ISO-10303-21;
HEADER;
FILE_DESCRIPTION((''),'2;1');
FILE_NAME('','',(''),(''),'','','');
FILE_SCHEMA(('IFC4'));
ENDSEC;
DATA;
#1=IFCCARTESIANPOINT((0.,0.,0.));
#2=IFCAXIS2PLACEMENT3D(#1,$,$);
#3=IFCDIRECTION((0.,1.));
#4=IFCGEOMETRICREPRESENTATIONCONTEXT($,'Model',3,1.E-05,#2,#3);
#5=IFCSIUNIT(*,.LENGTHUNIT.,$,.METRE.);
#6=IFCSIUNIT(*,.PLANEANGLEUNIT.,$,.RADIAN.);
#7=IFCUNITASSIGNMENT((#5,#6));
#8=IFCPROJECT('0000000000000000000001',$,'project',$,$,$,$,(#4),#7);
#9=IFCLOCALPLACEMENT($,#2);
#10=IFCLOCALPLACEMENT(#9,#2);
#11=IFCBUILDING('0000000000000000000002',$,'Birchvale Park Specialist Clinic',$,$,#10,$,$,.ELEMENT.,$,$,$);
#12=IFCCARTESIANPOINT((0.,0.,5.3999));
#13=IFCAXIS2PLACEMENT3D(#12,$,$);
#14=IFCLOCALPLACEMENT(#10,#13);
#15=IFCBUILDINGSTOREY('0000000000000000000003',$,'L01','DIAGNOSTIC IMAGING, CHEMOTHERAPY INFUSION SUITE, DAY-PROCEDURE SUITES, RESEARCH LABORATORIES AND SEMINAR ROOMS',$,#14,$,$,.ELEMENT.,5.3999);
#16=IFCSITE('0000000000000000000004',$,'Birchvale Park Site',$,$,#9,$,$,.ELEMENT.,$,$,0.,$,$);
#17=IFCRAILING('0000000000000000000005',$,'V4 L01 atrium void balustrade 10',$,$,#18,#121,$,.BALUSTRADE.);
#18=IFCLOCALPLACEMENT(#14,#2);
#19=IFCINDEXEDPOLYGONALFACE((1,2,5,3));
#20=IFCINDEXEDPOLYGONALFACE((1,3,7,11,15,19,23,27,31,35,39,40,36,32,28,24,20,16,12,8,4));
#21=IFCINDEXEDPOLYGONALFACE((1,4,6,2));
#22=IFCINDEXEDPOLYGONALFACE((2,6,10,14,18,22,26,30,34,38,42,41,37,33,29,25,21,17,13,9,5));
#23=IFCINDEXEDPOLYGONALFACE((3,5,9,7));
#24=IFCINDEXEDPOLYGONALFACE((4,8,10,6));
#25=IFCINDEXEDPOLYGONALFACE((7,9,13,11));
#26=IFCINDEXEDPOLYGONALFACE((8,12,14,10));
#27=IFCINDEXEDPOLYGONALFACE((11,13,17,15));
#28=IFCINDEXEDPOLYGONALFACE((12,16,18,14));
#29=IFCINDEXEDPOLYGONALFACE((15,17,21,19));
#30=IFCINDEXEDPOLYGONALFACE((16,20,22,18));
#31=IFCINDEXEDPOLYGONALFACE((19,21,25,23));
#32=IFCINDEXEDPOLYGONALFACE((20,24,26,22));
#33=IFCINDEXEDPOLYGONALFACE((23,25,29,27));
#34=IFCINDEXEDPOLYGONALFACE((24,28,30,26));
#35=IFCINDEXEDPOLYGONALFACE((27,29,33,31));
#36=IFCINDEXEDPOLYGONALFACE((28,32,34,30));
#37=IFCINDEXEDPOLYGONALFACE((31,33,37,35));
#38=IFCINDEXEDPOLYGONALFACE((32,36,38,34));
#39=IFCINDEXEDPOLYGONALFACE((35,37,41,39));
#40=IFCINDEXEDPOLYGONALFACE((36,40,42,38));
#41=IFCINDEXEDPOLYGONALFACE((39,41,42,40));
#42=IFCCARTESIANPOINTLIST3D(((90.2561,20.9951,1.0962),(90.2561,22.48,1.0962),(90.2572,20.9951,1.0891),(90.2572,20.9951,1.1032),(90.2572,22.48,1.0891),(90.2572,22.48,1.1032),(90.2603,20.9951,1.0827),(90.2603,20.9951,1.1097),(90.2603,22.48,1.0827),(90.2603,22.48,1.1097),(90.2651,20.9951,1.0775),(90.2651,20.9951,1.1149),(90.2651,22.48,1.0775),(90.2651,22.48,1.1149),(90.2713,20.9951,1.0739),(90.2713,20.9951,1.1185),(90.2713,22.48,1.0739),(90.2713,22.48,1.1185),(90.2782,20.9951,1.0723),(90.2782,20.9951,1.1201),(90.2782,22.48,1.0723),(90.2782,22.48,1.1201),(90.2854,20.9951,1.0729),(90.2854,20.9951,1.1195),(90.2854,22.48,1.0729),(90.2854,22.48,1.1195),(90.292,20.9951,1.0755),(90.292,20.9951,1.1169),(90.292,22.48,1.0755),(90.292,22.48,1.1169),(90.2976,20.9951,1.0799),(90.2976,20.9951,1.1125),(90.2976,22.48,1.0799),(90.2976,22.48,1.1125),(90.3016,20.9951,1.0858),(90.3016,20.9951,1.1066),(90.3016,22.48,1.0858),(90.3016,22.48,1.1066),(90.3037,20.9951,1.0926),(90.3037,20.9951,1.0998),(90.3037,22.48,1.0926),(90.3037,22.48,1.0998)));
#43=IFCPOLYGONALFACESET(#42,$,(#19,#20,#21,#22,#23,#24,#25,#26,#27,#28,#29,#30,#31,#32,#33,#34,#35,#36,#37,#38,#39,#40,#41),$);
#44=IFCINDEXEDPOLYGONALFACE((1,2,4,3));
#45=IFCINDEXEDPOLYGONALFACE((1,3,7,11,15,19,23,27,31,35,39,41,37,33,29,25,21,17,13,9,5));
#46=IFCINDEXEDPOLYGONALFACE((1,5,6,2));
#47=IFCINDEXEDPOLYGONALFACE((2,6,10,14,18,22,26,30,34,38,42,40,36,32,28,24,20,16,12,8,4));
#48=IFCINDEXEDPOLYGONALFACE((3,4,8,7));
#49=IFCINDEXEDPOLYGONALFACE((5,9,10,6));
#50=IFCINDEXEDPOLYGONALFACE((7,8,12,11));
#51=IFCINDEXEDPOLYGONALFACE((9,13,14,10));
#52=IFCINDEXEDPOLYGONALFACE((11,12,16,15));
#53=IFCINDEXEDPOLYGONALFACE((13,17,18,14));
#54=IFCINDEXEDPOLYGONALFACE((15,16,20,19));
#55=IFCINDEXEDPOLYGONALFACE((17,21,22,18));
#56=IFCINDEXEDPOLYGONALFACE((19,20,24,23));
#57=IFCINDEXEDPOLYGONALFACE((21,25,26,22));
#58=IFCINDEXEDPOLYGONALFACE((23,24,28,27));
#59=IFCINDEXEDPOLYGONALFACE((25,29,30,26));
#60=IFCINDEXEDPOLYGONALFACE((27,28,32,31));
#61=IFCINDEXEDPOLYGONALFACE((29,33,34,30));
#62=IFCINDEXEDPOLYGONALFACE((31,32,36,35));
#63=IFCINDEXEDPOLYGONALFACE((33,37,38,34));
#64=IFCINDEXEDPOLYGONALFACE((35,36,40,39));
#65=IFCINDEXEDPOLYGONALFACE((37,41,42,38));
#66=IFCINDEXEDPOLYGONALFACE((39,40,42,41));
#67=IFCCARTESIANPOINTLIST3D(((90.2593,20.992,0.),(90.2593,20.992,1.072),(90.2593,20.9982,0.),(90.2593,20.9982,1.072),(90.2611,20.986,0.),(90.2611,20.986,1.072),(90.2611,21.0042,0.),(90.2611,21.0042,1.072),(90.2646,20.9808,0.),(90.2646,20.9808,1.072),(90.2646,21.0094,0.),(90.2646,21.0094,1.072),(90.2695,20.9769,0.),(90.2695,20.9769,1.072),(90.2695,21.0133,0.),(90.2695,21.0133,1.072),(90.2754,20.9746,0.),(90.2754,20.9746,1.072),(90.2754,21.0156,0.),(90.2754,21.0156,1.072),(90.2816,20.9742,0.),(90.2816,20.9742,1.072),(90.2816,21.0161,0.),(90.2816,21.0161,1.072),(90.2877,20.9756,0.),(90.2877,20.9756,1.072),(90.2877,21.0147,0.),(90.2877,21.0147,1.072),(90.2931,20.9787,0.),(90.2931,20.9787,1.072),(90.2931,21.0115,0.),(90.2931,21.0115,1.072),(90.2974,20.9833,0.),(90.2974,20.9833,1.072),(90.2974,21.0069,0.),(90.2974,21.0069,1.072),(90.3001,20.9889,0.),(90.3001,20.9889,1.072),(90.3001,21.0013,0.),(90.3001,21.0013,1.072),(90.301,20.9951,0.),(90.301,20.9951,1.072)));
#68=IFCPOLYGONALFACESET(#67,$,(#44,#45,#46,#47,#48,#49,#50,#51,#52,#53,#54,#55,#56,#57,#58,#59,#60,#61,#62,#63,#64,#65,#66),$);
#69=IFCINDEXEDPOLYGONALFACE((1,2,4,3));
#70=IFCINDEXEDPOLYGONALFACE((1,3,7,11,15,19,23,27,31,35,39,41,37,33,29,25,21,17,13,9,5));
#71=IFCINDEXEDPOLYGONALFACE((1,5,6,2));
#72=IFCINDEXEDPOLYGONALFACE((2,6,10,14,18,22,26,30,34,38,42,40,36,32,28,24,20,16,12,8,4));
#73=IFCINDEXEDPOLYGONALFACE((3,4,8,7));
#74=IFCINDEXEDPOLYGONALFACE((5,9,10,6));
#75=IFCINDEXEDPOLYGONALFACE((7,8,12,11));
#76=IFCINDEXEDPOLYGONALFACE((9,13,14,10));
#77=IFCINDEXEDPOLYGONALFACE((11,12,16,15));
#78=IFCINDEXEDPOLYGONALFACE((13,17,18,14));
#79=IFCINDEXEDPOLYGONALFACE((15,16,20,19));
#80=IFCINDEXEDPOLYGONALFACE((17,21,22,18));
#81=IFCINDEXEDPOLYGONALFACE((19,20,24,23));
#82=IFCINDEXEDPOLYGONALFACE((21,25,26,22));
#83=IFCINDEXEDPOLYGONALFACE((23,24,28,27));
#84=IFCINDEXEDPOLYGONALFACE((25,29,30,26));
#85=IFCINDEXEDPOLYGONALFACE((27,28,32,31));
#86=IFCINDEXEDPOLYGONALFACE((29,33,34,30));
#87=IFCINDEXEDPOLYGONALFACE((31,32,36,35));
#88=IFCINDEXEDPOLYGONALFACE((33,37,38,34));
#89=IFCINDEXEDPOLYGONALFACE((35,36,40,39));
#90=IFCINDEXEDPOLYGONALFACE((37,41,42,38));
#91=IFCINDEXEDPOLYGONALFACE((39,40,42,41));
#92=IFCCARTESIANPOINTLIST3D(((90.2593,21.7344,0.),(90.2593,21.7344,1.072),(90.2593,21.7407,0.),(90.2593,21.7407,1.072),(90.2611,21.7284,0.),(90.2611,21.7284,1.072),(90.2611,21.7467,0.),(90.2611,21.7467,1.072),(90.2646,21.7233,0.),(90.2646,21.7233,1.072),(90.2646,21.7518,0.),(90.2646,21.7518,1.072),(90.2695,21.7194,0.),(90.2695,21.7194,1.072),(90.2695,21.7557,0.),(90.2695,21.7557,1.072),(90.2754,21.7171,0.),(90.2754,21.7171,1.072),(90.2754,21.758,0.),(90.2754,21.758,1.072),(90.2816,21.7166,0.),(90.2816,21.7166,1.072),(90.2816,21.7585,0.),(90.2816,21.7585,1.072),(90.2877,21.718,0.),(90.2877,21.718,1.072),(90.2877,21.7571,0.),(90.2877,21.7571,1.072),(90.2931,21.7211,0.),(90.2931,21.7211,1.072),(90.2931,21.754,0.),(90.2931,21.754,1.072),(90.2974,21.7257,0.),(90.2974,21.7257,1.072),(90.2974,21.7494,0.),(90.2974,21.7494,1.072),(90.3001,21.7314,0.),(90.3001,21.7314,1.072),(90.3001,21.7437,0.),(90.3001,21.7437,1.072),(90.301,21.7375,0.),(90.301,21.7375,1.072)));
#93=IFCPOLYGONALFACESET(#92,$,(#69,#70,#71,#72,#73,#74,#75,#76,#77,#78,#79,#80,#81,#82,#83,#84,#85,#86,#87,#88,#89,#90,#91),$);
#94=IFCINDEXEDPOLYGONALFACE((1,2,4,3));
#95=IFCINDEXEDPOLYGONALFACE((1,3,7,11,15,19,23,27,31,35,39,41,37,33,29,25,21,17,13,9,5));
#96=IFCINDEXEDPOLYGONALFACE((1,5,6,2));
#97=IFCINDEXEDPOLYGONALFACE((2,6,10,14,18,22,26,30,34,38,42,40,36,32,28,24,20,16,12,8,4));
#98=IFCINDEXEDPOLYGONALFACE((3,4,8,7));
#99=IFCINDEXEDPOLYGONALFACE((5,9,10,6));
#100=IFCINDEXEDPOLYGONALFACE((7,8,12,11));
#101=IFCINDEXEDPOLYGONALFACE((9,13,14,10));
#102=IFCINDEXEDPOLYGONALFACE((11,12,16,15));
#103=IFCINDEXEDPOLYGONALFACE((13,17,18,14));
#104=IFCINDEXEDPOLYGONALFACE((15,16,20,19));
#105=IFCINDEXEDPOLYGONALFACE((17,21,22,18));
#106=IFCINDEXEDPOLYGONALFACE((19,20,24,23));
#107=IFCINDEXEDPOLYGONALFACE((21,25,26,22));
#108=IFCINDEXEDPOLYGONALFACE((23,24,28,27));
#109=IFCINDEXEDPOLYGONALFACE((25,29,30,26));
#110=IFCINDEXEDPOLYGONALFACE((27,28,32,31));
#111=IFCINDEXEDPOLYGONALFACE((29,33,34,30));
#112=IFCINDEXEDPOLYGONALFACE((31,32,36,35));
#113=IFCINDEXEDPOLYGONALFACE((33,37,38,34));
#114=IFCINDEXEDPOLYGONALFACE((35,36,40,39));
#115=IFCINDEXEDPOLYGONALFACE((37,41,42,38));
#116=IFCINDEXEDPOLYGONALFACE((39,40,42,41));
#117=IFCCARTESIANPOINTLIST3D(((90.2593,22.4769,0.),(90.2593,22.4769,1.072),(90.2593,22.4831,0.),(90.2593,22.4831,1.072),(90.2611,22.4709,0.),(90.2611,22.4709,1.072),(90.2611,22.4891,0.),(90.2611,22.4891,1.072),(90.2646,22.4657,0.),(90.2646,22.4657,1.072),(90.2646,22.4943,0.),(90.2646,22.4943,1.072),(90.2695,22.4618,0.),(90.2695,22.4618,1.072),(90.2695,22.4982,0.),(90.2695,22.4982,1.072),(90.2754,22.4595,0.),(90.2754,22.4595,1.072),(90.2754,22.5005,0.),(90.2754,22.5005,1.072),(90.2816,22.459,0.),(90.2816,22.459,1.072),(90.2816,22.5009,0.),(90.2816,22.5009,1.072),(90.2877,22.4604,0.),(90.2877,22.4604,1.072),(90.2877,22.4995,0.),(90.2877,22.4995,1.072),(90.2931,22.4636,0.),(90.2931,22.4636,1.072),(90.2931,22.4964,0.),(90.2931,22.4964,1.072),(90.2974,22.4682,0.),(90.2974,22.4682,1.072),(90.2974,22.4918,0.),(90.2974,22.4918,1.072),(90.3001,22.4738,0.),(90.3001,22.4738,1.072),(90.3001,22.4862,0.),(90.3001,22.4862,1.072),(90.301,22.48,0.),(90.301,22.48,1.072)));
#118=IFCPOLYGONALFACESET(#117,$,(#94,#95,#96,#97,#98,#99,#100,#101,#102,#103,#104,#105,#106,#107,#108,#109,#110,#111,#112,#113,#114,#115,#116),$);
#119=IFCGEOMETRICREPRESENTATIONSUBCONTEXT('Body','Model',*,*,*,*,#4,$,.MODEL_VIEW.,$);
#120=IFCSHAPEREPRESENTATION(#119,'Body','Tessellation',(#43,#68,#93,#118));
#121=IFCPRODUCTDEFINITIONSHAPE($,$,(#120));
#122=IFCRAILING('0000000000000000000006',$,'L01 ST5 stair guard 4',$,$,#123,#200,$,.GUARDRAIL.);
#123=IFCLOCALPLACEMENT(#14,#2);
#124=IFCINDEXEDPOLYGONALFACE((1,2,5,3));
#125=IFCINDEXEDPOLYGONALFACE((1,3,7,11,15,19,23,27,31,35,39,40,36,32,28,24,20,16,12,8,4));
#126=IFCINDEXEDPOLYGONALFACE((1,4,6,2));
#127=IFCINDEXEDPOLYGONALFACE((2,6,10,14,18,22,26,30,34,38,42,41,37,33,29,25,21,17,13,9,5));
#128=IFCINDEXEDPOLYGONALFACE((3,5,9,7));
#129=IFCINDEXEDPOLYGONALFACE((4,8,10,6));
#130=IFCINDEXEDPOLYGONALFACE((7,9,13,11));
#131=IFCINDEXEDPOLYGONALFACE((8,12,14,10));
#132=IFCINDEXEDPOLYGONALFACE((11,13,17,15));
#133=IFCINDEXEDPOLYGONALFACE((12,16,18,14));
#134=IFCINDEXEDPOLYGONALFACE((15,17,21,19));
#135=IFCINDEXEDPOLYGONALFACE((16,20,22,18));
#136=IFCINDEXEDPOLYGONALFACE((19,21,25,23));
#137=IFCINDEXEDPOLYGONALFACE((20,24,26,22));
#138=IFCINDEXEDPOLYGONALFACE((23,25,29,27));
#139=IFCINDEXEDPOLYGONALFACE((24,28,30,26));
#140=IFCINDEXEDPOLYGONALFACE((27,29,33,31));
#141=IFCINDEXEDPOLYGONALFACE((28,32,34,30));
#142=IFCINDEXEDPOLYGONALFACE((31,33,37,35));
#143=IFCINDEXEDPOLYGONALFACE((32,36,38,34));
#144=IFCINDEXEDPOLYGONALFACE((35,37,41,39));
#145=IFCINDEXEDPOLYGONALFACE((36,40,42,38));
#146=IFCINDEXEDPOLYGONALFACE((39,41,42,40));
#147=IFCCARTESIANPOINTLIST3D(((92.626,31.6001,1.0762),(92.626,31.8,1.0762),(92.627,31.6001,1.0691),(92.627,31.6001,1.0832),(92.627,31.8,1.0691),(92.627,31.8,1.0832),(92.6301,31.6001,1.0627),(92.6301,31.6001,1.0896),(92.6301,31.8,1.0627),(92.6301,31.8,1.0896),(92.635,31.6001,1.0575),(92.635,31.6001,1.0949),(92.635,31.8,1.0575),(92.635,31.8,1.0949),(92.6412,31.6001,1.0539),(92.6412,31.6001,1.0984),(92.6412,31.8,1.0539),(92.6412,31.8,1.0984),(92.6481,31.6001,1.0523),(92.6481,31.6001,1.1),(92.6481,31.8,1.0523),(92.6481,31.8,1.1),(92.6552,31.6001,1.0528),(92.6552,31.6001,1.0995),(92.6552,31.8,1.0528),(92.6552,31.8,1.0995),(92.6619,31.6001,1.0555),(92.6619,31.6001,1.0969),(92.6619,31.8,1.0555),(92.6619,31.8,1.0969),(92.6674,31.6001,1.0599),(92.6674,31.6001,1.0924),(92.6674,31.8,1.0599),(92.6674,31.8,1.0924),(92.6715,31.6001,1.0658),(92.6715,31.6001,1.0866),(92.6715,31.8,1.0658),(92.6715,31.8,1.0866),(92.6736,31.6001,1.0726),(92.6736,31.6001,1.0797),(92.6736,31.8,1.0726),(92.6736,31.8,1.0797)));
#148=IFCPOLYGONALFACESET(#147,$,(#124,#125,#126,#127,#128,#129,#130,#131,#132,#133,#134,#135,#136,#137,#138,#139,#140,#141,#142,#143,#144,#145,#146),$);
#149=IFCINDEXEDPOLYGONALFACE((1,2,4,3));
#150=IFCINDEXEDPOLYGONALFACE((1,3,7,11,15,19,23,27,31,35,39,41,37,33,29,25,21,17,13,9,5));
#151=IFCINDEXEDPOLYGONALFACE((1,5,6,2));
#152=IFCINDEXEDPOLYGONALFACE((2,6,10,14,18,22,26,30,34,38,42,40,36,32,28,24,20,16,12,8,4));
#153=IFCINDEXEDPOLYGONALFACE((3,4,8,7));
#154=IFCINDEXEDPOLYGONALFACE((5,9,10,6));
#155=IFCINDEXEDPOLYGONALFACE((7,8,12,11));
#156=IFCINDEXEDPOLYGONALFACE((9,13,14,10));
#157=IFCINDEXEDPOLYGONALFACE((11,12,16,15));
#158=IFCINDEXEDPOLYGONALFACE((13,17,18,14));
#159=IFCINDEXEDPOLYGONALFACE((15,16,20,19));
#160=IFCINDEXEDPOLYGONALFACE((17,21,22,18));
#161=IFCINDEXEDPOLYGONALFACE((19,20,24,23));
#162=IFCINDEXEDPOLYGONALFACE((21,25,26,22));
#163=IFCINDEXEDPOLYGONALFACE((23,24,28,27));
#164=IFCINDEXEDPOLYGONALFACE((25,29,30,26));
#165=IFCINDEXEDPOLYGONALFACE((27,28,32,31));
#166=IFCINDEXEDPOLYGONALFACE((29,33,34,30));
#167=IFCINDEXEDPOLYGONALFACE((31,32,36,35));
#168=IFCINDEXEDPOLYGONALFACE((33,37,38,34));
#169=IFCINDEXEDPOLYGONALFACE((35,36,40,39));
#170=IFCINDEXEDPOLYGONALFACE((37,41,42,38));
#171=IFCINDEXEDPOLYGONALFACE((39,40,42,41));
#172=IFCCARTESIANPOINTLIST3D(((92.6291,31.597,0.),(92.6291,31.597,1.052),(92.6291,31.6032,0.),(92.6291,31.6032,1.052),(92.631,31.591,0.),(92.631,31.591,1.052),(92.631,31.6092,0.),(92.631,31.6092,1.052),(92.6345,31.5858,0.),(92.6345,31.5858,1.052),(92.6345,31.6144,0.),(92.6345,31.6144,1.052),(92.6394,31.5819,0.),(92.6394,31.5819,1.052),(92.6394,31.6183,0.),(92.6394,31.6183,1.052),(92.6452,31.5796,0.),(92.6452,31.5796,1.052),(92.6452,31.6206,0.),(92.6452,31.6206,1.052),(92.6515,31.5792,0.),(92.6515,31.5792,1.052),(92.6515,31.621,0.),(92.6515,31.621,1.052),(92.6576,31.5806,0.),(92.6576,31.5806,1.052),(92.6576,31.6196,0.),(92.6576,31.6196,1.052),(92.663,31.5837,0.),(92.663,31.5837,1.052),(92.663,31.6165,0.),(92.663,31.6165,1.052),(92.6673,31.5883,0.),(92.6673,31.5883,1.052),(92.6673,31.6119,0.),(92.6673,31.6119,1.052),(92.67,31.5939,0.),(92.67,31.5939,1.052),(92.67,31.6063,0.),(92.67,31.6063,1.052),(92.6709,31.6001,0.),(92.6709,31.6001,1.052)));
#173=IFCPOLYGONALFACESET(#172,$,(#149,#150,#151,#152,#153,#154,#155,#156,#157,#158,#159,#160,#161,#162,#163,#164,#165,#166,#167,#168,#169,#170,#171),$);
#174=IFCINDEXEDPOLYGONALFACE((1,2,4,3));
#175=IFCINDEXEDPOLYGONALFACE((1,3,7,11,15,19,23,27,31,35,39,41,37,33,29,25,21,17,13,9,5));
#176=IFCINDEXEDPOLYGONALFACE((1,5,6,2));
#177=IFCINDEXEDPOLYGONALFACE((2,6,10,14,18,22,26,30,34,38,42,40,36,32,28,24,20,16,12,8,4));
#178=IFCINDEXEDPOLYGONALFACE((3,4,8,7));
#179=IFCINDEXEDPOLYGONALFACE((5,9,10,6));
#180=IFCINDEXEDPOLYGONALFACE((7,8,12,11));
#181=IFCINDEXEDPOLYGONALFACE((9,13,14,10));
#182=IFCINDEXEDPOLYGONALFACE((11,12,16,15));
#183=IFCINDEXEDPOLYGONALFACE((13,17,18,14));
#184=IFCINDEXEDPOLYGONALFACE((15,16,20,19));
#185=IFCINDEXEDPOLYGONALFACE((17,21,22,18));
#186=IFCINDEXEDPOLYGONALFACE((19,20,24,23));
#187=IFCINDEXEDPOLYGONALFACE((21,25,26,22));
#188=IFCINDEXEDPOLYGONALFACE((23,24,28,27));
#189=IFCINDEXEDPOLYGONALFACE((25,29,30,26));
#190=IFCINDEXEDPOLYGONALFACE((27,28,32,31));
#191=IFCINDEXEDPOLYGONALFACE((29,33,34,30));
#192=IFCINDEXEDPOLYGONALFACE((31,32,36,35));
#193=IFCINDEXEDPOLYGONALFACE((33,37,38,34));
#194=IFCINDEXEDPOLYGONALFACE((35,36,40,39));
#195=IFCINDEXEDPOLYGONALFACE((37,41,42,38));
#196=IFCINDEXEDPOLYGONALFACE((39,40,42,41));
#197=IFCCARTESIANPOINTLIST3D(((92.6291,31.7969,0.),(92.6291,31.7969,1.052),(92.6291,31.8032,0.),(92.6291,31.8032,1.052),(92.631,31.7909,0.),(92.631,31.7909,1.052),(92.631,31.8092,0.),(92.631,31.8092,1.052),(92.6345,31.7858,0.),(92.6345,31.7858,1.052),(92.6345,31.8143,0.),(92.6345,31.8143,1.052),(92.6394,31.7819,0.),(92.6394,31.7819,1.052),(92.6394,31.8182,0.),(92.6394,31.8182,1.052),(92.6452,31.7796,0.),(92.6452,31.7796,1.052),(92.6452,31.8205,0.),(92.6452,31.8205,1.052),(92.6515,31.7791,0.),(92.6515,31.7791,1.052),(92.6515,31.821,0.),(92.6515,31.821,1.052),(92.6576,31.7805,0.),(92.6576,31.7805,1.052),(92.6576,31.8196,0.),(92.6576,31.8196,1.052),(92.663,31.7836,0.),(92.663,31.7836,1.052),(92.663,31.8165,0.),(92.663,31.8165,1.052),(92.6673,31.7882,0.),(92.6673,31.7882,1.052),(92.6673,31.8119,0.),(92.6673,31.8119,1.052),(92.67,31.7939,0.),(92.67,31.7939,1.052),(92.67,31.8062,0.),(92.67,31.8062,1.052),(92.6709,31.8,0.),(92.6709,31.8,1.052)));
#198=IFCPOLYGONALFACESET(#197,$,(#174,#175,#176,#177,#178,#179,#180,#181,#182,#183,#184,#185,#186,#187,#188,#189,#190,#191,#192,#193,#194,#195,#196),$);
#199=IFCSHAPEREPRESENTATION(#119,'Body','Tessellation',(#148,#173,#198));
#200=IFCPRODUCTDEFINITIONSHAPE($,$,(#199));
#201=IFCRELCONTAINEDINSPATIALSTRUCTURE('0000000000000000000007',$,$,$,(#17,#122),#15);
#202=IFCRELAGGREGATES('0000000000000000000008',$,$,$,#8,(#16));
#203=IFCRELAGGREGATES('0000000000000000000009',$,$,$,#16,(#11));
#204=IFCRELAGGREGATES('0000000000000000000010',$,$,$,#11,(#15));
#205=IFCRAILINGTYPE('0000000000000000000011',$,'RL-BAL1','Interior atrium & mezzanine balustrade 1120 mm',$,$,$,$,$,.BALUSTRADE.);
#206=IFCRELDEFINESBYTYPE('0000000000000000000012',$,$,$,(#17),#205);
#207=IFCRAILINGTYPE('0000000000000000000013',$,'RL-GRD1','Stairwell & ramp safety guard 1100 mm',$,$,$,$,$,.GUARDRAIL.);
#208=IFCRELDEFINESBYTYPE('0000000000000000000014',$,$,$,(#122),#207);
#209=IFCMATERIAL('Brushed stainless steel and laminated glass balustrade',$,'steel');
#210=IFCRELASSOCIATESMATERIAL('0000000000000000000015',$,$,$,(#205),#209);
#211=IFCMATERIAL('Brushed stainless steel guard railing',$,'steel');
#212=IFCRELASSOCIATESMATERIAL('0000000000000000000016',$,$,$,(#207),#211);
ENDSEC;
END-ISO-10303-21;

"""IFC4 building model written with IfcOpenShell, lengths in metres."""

from ifc_helpers import new_model, si_unit, direction, frame, origin, origin_2d, place, context, subcontext, project, spatial, circle, extrude, material, type_object, element, save


model = new_model("IFC4")

# Units and contexts
model_context = context("Model", 3, precision=1e-05, world=origin(), true_north=direction((0.0, 1.0)))
body_context = subcontext(model_context, "Body", "Model", "MODEL_VIEW")
ifc_project = project(units=[si_unit("LENGTHUNIT", "METRE"), si_unit("PLANEANGLEUNIT", "RADIAN")], contexts=[model_context])

# Site, building, storey
site_placement = place(None, origin())
site = spatial("IfcSite", under=ifc_project, at=site_placement, Name="Birchvale Park Site", CompositionType="ELEMENT", RefElevation=0.0)
building_placement = place(site_placement, origin())
building = spatial("IfcBuilding", under=site, at=building_placement, Name="Birchvale Park Specialist Clinic", CompositionType="ELEMENT")
storey_placement = place(building_placement, frame((0.0, 0.0, 5.3999)))
storey = spatial("IfcBuildingStorey", under=building, at=storey_placement, Name="L01", Description="DIAGNOSTIC IMAGING, CHEMOTHERAPY INFUSION SUITE, DAY-PROCEDURE SUITES, RESEARCH LABORATORIES AND SEMINAR ROOMS", CompositionType="ELEMENT", Elevation=5.3999)

# Railings
ifc_material_1 = material(Name="Brushed stainless steel and laminated glass balustrade", Category="steel")
railing_type_1 = type_object("IfcRailingType", Name="RL-BAL1", Description="Interior atrium & mezzanine balustrade 1120 mm", PredefinedType="BALUSTRADE", material=ifc_material_1)
railing_1_placement = place(storey_placement, frame((90.28, 20.9951, 0.0)))
element("IfcRailing", 1, at=railing_1_placement, inside=storey, type_object=railing_type_1, Name="V4 L01 atrium void balustrade 10", PredefinedType="BALUSTRADE", context=body_context, shape_type="SweptSolid", body=[
    extrude(circle(Radius=0.0239, at=origin_2d()), frame((0.0, 0.0, 1.0962), z_axis=(0.0, 1.0, 0.0), x_axis=(-1.0, 0.0, 0.0)), (0.0, 0.0, 1.0), 1.4849),
    extrude(circle(Radius=0.021, at=origin_2d()), origin(), (0.0, 0.0, 1.0), 1.072),
    extrude(circle(Radius=0.021, at=origin_2d()), frame((0.0, 0.7424, 0.0)), (0.0, 0.0, 1.0), 1.072),
    extrude(circle(Radius=0.021, at=origin_2d()), frame((0.0, 1.4849, 0.0)), (0.0, 0.0, 1.0), 1.072),
])
ifc_material_2 = material(Name="Brushed stainless steel guard railing", Category="steel")
railing_type_2 = type_object("IfcRailingType", Name="RL-GRD1", Description="Stairwell & ramp safety guard 1100 mm", PredefinedType="GUARDRAIL", material=ifc_material_2)
railing_2_placement = place(storey_placement, frame((92.6499, 31.6001, 0.0)))
element("IfcRailing", 2, at=railing_2_placement, inside=storey, type_object=railing_type_2, Name="L01 ST5 stair guard 4", PredefinedType="GUARDRAIL", context=body_context, shape_type="SweptSolid", body=[
    extrude(circle(Radius=0.0239, at=origin_2d()), frame((0.0, 0.0, 1.0762), z_axis=(0.0, 1.0, 0.0), x_axis=(-1.0, 0.0, 0.0)), (0.0, 0.0, 1.0), 0.2),
    extrude(circle(Radius=0.021, at=origin_2d()), origin(), (0.0, 0.0, 1.0), 1.052),
    extrude(circle(Radius=0.021, at=origin_2d()), frame((0.0, 0.2, 0.0)), (0.0, 0.0, 1.0), 1.052),
])

save(model, "model.ifc")
